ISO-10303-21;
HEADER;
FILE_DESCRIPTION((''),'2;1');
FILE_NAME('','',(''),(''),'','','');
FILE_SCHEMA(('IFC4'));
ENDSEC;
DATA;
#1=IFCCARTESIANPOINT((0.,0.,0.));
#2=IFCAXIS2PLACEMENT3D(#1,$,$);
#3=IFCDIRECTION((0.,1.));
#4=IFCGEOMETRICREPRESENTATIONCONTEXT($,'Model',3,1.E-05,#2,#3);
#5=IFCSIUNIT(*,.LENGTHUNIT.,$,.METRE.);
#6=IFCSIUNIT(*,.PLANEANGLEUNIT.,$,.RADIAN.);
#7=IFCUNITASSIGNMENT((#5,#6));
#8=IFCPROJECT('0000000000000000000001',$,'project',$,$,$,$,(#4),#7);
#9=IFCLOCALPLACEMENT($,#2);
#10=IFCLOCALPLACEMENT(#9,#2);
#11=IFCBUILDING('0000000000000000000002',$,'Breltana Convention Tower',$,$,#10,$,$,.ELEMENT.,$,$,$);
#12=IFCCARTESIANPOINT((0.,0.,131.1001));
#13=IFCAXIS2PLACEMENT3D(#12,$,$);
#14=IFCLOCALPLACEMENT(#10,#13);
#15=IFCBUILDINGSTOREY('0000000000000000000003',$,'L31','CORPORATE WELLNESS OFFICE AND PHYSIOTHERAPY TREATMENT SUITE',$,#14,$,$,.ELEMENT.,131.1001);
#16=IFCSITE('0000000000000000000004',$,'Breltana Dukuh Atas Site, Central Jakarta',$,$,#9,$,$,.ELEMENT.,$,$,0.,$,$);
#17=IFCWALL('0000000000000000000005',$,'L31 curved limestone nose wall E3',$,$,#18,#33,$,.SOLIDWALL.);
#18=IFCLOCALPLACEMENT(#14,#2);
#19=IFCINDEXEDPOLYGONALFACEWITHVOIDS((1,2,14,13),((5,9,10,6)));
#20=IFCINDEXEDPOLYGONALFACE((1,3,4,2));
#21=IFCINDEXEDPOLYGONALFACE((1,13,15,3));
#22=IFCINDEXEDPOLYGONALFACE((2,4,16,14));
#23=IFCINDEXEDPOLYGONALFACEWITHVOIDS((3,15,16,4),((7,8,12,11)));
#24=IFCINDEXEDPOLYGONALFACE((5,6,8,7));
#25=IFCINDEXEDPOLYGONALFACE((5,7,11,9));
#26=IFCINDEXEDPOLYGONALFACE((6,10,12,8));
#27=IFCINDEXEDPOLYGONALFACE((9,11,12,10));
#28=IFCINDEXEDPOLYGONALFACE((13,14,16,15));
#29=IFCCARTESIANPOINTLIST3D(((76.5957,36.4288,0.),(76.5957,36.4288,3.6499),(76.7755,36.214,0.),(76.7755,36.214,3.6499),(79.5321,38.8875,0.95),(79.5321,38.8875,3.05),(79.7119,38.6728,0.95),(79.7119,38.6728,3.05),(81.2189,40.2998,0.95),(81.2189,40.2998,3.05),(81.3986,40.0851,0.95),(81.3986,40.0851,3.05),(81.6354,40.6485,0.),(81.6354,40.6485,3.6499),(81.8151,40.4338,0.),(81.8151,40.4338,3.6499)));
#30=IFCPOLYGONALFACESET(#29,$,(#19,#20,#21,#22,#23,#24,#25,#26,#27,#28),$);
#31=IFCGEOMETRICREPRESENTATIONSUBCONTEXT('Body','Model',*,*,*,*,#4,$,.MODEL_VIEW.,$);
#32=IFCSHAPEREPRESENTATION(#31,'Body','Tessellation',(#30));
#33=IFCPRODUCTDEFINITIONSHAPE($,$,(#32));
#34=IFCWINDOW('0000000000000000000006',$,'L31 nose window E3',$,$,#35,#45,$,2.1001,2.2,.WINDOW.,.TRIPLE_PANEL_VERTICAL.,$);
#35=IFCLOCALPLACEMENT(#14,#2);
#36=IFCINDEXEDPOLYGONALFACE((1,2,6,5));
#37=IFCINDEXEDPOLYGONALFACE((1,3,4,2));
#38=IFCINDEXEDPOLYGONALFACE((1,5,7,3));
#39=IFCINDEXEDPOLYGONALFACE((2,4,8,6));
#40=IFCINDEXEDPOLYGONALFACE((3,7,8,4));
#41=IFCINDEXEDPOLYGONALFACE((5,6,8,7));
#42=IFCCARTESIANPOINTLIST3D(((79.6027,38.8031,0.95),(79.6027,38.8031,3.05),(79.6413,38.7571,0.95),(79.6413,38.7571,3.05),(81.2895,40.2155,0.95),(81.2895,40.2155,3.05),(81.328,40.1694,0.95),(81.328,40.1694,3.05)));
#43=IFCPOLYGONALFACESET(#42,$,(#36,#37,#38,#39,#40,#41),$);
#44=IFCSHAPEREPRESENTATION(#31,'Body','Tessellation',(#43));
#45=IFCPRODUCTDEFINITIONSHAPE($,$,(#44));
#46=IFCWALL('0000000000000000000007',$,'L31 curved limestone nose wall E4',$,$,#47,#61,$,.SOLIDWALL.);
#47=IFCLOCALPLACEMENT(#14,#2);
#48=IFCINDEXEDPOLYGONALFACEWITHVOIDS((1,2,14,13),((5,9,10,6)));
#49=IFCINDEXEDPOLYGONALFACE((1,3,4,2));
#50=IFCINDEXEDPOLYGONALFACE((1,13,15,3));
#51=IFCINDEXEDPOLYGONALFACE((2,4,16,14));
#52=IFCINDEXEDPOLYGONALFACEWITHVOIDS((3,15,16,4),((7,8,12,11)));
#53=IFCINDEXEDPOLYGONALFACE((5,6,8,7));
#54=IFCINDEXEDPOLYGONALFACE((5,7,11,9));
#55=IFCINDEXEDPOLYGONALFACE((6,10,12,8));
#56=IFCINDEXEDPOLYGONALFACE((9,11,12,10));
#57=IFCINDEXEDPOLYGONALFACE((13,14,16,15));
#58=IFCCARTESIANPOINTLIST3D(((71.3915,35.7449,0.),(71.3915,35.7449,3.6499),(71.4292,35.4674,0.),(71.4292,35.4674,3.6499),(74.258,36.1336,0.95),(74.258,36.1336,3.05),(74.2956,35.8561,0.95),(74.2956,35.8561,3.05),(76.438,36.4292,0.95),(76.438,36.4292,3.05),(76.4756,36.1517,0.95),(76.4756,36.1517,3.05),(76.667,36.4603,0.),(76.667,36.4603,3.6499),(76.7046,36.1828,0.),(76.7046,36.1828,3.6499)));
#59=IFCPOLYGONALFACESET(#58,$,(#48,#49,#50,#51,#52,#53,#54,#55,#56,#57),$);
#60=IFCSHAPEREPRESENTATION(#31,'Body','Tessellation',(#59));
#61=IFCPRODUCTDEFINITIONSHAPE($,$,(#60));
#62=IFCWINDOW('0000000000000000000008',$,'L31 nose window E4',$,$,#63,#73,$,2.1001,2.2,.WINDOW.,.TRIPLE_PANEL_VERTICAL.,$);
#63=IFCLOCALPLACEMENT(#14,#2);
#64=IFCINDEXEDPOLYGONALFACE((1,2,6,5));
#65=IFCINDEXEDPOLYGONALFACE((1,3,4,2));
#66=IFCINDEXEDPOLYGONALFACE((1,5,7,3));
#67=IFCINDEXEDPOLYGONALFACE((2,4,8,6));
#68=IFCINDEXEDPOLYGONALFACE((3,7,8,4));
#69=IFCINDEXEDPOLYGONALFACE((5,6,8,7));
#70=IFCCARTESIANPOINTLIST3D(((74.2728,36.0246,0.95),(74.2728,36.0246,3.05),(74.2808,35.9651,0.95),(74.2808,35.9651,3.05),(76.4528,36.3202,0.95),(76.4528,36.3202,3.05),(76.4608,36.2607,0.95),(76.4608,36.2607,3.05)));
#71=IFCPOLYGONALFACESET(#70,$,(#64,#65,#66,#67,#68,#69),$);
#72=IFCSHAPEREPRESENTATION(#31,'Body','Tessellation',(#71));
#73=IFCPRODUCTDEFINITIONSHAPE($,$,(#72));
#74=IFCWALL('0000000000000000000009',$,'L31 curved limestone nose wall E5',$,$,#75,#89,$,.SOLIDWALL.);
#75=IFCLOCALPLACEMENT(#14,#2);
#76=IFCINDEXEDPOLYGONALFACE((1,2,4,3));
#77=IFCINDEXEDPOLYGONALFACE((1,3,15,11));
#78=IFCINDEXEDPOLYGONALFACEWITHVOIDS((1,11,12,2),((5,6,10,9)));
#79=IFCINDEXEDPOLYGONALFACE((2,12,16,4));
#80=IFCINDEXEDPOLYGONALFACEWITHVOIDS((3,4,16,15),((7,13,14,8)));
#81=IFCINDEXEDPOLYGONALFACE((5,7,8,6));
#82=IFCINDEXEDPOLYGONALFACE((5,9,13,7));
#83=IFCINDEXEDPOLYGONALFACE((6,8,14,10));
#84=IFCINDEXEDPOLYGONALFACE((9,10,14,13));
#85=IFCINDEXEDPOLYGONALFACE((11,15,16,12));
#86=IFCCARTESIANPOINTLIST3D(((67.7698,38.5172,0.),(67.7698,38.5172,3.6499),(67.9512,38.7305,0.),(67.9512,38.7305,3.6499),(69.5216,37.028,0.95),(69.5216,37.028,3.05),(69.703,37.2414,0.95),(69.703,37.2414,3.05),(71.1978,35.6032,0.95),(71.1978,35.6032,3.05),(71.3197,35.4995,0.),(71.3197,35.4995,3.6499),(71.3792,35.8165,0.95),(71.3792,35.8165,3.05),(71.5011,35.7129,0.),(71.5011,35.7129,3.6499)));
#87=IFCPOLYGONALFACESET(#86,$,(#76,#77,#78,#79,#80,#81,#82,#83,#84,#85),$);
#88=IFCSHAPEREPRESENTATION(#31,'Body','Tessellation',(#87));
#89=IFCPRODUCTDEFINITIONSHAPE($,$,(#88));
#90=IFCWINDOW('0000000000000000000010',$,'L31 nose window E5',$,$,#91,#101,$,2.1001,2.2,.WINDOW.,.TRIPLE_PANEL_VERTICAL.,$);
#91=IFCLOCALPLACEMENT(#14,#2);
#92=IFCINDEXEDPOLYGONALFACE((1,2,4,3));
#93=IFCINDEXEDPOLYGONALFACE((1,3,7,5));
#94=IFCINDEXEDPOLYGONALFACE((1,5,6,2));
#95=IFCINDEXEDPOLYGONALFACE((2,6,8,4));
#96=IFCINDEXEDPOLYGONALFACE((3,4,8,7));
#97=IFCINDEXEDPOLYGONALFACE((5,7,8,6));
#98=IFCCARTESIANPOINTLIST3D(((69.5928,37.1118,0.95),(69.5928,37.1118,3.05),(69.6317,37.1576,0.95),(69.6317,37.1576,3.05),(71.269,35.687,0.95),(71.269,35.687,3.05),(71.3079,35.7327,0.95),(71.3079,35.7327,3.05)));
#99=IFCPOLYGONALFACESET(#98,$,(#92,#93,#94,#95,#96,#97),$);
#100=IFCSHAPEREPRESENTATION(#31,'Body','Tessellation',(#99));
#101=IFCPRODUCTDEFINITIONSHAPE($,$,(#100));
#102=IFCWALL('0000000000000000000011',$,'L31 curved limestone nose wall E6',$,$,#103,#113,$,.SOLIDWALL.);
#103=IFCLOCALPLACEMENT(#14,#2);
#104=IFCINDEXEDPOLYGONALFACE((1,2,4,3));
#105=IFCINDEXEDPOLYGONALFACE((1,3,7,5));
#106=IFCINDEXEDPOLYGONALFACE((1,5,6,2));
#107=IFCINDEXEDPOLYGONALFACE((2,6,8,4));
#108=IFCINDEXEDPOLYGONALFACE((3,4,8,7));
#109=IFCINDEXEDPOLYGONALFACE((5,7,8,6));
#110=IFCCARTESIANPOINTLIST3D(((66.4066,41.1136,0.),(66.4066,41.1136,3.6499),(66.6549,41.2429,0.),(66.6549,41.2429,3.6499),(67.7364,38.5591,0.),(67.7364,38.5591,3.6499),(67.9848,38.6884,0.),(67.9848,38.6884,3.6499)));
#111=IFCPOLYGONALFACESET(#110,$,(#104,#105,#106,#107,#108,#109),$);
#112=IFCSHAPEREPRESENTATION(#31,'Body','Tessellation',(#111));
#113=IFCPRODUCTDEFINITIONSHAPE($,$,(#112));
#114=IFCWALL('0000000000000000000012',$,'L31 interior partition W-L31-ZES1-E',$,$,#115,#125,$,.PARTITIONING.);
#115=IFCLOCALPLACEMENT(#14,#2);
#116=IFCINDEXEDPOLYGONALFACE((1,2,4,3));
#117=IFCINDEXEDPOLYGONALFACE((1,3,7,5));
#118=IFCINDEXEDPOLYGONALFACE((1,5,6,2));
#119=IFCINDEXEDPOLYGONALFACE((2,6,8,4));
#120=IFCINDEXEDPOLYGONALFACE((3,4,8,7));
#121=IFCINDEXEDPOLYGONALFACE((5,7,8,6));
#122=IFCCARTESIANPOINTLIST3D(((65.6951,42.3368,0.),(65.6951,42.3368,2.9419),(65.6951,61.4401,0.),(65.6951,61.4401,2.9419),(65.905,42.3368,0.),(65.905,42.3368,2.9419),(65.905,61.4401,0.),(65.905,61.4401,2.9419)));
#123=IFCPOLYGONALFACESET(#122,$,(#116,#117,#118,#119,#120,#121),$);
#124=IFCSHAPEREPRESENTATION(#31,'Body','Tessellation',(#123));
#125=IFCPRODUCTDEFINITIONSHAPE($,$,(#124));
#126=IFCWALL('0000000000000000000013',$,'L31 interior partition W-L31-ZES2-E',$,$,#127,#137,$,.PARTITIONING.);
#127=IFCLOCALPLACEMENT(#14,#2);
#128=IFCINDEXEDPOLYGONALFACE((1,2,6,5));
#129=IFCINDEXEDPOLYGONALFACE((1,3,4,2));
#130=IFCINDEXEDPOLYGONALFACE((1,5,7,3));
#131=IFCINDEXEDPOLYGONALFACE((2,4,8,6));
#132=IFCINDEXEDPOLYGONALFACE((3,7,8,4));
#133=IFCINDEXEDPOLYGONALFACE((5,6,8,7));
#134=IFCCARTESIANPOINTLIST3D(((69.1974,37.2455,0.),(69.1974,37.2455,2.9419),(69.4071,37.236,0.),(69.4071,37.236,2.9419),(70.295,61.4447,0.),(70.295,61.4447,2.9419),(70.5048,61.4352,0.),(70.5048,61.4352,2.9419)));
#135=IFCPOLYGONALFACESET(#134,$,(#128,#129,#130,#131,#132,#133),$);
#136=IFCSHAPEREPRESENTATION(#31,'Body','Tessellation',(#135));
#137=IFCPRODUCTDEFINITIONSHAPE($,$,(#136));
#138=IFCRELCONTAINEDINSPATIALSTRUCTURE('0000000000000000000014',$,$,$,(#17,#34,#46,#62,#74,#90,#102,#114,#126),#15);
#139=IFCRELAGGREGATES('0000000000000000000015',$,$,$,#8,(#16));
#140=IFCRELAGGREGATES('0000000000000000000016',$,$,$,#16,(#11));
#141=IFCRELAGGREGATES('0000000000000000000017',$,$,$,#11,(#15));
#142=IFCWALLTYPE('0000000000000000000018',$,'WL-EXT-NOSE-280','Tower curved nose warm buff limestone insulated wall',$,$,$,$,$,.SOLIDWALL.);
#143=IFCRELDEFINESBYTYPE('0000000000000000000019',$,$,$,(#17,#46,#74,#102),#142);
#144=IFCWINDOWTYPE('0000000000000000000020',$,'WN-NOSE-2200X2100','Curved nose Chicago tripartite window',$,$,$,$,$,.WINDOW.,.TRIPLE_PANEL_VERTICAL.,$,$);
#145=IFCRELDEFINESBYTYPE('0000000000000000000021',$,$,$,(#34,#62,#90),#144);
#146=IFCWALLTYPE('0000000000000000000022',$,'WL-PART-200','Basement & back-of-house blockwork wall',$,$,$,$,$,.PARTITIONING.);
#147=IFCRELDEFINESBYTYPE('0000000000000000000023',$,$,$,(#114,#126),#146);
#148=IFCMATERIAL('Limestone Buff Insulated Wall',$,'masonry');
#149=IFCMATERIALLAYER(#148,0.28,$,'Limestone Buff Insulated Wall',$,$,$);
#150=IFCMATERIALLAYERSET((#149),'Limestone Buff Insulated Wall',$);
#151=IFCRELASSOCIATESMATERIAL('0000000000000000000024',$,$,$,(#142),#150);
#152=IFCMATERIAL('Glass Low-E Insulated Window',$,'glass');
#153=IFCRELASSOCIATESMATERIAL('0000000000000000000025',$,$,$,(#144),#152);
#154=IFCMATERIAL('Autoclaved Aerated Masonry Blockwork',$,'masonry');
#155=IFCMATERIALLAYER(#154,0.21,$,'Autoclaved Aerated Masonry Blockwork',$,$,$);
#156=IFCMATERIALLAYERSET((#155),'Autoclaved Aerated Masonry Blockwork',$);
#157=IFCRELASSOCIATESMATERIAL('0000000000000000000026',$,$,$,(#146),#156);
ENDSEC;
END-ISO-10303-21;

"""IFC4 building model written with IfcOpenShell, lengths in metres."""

from ifc_helpers import new_model, si_unit, direction, frame, frame_2d, origin, place, context, subcontext, project, spatial, rectangle, extrude, source, transform, mapped, material, layer, layer_set, type_object, type_shapes, element, fill, save


model = new_model("IFC4")

# Units and contexts
model_context = context("Model", 3, precision=1e-05, world=origin(), true_north=direction((0.0, 1.0)))
body_context = subcontext(model_context, "Body", "Model", "MODEL_VIEW")
ifc_project = project(units=[si_unit("LENGTHUNIT", "METRE"), si_unit("PLANEANGLEUNIT", "RADIAN")], contexts=[model_context])

# Site, building, storey
site_placement = place(None, origin())
site = spatial("IfcSite", under=ifc_project, at=site_placement, Name="Breltana Dukuh Atas Site, Central Jakarta", CompositionType="ELEMENT", RefElevation=0.0)
building_placement = place(site_placement, origin())
building = spatial("IfcBuilding", under=site, at=building_placement, Name="Breltana Convention Tower", CompositionType="ELEMENT")
storey_placement = place(building_placement, frame((0.0, 0.0, 131.1001)))
storey = spatial("IfcBuildingStorey", under=building, at=storey_placement, Name="L31", Description="CORPORATE WELLNESS OFFICE AND PHYSIOTHERAPY TREATMENT SUITE", CompositionType="ELEMENT", Elevation=131.1001)

# Walls, openings, windows
ifc_material_1 = material(Name="Limestone Buff Insulated Wall", Category="masonry")
ifc_layer_1 = layer(ifc_material_1, 0.28, Name="Limestone Buff Insulated Wall")
ifc_layer_set_1 = layer_set([ifc_layer_1], Name="Limestone Buff Insulated Wall")
wall_type_1 = type_object("IfcWallType", Name="WL-EXT-NOSE-280", Description="Tower curved nose warm buff limestone insulated wall", PredefinedType="SOLIDWALL", material=ifc_layer_set_1)
shared_shape_1 = source(origin(), body_context, "Body", "SweptSolid", [
    extrude(rectangle(XDim=6.573, YDim=0.28, at=frame_2d((3.2866, 0.0))), origin(), (0.0, 0.0, 1.0), 3.6499),
])
wall_1_placement = place(storey_placement, frame((81.7253, 40.5413, 0.0), z_axis=(0.0, 0.0, 1.0), x_axis=(-0.766715, -0.641987, 0.0)))
wall_1 = element("IfcWall", 1, at=wall_1_placement, inside=storey, type_object=wall_type_1, Name="L31 curved limestone nose wall E3", PredefinedType="SOLIDWALL", context=body_context, shape_type="MappedRepresentation", body=[
    mapped(shared_shape_1, transform((0.0, 0.0, 0.0), scale=1.0)),
])
opening_1_placement = place(wall_1_placement, frame((0.5432, 0.0, 0.95)))
opening_1 = element("IfcOpeningElement", 2, at=opening_1_placement, cuts=wall_1, PredefinedType="OPENING", context=body_context, shape_type="SweptSolid", body=[
    extrude(rectangle(XDim=2.2, YDim=2.1001, at=frame_2d((1.1001, 1.05))), frame((0.0, 0.1499, 0.0), z_axis=(0.0, -1.0, 0.0), x_axis=(1.0, 0.0, 0.0)), (0.0, 0.0, 1.0), 0.3),
])
ifc_material_2 = material(Name="Glass Low-E Insulated Window", Category="glass")
window_type = type_object("IfcWindowType", Name="WN-NOSE-2200X2100", Description="Curved nose Chicago tripartite window", PartitioningType="TRIPLE_PANEL_VERTICAL", PredefinedType="WINDOW", material=ifc_material_2)
shared_shape_2 = source(origin(), body_context, "Body", "SweptSolid", [
    extrude(rectangle(XDim=2.2, YDim=2.1001, at=frame_2d((1.1001, 1.05))), frame((0.0, 0.03, 0.0), z_axis=(0.0, -1.0, 0.0), x_axis=(1.0, 0.0, 0.0)), (0.0, 0.0, 1.0), 0.0601),
])
type_shapes(window_type, [shared_shape_2])
window_1_placement = place(opening_1_placement, origin())
window_1 = element("IfcWindow", 3, at=window_1_placement, inside=storey, type_object=window_type, Name="L31 nose window E3", OverallHeight=2.1001, OverallWidth=2.2, PartitioningType="TRIPLE_PANEL_VERTICAL", PredefinedType="WINDOW", context=body_context, shape_type="MappedRepresentation", body=[
    mapped(shared_shape_2, transform((0.0, 0.0, 0.0), scale=1.0)),
])
fill(opening_1, window_1)
shared_shape_3 = source(origin(), body_context, "Body", "SweptSolid", [
    extrude(rectangle(XDim=5.3237, YDim=0.28, at=frame_2d((2.6619, 0.0))), origin(), (0.0, 0.0, 1.0), 3.6499),
])
wall_2_placement = place(storey_placement, frame((76.6858, 36.3215, 0.0), z_axis=(0.0, 0.0, 1.0), x_axis=(-0.990931, -0.134368, 0.0)))
wall_2 = element("IfcWall", 4, at=wall_2_placement, inside=storey, type_object=wall_type_1, Name="L31 curved limestone nose wall E4", PredefinedType="SOLIDWALL", context=body_context, shape_type="MappedRepresentation", body=[
    mapped(shared_shape_3, transform((0.0, 0.0, 0.0), scale=1.0)),
])
opening_2_placement = place(wall_2_placement, frame((0.231, 0.0, 0.95)))
opening_2 = element("IfcOpeningElement", 5, at=opening_2_placement, cuts=wall_2, PredefinedType="OPENING", context=body_context, shape_type="SweptSolid", body=[
    extrude(rectangle(XDim=2.2, YDim=2.1001, at=frame_2d((1.1001, 1.05))), frame((0.0, 0.1499, 0.0), z_axis=(0.0, -1.0, 0.0), x_axis=(1.0, 0.0, 0.0)), (0.0, 0.0, 1.0), 0.3),
])
window_2_placement = place(opening_2_placement, origin())
window_2 = element("IfcWindow", 6, at=window_2_placement, inside=storey, type_object=window_type, Name="L31 nose window E4", OverallHeight=2.1001, OverallWidth=2.2, PartitioningType="TRIPLE_PANEL_VERTICAL", PredefinedType="WINDOW", context=body_context, shape_type="MappedRepresentation", body=[
    mapped(shared_shape_2, transform((0.0, 0.0, 0.0), scale=1.0)),
])
fill(opening_2, window_2)
shared_shape_4 = source(origin(), body_context, "Body", "SweptSolid", [
    extrude(rectangle(XDim=4.6592, YDim=0.28, at=frame_2d((2.3296, 0.0))), origin(), (0.0, 0.0, 1.0), 3.6499),
])
wall_3_placement = place(storey_placement, frame((71.4104, 35.6062, 0.0), z_axis=(0.0, 0.0, 1.0), x_axis=(-0.761913, 0.647679, 0.0)))
wall_3 = element("IfcWall", 7, at=wall_3_placement, inside=storey, type_object=wall_type_1, Name="L31 curved limestone nose wall E5", PredefinedType="SOLIDWALL", context=body_context, shape_type="MappedRepresentation", body=[
    mapped(shared_shape_4, transform((0.0, 0.0, 0.0), scale=1.0)),
])
opening_3_placement = place(wall_3_placement, frame((0.1599, 0.0, 0.95)))
opening_3 = element("IfcOpeningElement", 8, at=opening_3_placement, cuts=wall_3, PredefinedType="OPENING", context=body_context, shape_type="SweptSolid", body=[
    extrude(rectangle(XDim=2.2, YDim=2.1001, at=frame_2d((1.1001, 1.05))), frame((0.0, 0.1499, 0.0), z_axis=(0.0, -1.0, 0.0), x_axis=(1.0, 0.0, 0.0)), (0.0, 0.0, 1.0), 0.3),
])
window_3_placement = place(opening_3_placement, origin())
window_3 = element("IfcWindow", 9, at=window_3_placement, inside=storey, type_object=window_type, Name="L31 nose window E5", OverallHeight=2.1001, OverallWidth=2.2, PartitioningType="TRIPLE_PANEL_VERTICAL", PredefinedType="WINDOW", context=body_context, shape_type="MappedRepresentation", body=[
    mapped(shared_shape_2, transform((0.0, 0.0, 0.0), scale=1.0)),
])
fill(opening_3, window_3)

# Walls
shared_shape_5 = source(origin(), body_context, "Body", "SweptSolid", [
    extrude(rectangle(XDim=2.8799, YDim=0.28, at=frame_2d((1.4399, 0.0))), origin(), (0.0, 0.0, 1.0), 3.6499),
])
wall_4_placement = place(storey_placement, frame((67.8606, 38.6238, 0.0), z_axis=(0.0, 0.0, 1.0), x_axis=(-0.461769, 0.887, 0.0)))
element("IfcWall", 10, at=wall_4_placement, inside=storey, type_object=wall_type_1, Name="L31 curved limestone nose wall E6", PredefinedType="SOLIDWALL", context=body_context, shape_type="MappedRepresentation", body=[
    mapped(shared_shape_5, transform((0.0, 0.0, 0.0), scale=1.0)),
])
ifc_material_3 = material(Name="Autoclaved Aerated Masonry Blockwork", Category="masonry")
ifc_layer_2 = layer(ifc_material_3, 0.21, Name="Autoclaved Aerated Masonry Blockwork")
ifc_layer_set_2 = layer_set([ifc_layer_2], Name="Autoclaved Aerated Masonry Blockwork")
wall_type_2 = type_object("IfcWallType", Name="WL-PART-200", Description="Basement & back-of-house blockwork wall", PredefinedType="PARTITIONING", material=ifc_layer_set_2)
shared_shape_6 = source(origin(), body_context, "Body", "SweptSolid", [
    extrude(rectangle(XDim=19.1033, YDim=0.21, at=frame_2d((9.5518, 0.0))), origin(), (0.0, 0.0, 1.0), 2.9419),
])
wall_5_placement = place(storey_placement, frame((65.8, 42.3367, 0.0), z_axis=(0.0, 0.0, 1.0), x_axis=(0.0, 1.0, 0.0)))
element("IfcWall", 11, at=wall_5_placement, inside=storey, type_object=wall_type_2, Name="L31 interior partition W-L31-ZES1-E", PredefinedType="PARTITIONING", context=body_context, shape_type="MappedRepresentation", body=[
    mapped(shared_shape_6, transform((0.0, 0.0, 0.0), scale=1.0)),
])
shared_shape_7 = source(origin(), body_context, "Body", "SweptSolid", [
    extrude(rectangle(XDim=24.2241, YDim=0.21, at=frame_2d((12.1121, 0.0))), origin(), (0.0, 0.0, 1.0), 2.9419),
])
wall_6_placement = place(storey_placement, frame((69.3022, 37.2407, 0.0), z_axis=(0.0, 0.0, 1.0), x_axis=(0.045313, 0.998973, 0.0)))
element("IfcWall", 12, at=wall_6_placement, inside=storey, type_object=wall_type_2, Name="L31 interior partition W-L31-ZES2-E", PredefinedType="PARTITIONING", context=body_context, shape_type="MappedRepresentation", body=[
    mapped(shared_shape_7, transform((0.0, 0.0, 0.0), scale=1.0)),
])

save(model, "model.ifc")
